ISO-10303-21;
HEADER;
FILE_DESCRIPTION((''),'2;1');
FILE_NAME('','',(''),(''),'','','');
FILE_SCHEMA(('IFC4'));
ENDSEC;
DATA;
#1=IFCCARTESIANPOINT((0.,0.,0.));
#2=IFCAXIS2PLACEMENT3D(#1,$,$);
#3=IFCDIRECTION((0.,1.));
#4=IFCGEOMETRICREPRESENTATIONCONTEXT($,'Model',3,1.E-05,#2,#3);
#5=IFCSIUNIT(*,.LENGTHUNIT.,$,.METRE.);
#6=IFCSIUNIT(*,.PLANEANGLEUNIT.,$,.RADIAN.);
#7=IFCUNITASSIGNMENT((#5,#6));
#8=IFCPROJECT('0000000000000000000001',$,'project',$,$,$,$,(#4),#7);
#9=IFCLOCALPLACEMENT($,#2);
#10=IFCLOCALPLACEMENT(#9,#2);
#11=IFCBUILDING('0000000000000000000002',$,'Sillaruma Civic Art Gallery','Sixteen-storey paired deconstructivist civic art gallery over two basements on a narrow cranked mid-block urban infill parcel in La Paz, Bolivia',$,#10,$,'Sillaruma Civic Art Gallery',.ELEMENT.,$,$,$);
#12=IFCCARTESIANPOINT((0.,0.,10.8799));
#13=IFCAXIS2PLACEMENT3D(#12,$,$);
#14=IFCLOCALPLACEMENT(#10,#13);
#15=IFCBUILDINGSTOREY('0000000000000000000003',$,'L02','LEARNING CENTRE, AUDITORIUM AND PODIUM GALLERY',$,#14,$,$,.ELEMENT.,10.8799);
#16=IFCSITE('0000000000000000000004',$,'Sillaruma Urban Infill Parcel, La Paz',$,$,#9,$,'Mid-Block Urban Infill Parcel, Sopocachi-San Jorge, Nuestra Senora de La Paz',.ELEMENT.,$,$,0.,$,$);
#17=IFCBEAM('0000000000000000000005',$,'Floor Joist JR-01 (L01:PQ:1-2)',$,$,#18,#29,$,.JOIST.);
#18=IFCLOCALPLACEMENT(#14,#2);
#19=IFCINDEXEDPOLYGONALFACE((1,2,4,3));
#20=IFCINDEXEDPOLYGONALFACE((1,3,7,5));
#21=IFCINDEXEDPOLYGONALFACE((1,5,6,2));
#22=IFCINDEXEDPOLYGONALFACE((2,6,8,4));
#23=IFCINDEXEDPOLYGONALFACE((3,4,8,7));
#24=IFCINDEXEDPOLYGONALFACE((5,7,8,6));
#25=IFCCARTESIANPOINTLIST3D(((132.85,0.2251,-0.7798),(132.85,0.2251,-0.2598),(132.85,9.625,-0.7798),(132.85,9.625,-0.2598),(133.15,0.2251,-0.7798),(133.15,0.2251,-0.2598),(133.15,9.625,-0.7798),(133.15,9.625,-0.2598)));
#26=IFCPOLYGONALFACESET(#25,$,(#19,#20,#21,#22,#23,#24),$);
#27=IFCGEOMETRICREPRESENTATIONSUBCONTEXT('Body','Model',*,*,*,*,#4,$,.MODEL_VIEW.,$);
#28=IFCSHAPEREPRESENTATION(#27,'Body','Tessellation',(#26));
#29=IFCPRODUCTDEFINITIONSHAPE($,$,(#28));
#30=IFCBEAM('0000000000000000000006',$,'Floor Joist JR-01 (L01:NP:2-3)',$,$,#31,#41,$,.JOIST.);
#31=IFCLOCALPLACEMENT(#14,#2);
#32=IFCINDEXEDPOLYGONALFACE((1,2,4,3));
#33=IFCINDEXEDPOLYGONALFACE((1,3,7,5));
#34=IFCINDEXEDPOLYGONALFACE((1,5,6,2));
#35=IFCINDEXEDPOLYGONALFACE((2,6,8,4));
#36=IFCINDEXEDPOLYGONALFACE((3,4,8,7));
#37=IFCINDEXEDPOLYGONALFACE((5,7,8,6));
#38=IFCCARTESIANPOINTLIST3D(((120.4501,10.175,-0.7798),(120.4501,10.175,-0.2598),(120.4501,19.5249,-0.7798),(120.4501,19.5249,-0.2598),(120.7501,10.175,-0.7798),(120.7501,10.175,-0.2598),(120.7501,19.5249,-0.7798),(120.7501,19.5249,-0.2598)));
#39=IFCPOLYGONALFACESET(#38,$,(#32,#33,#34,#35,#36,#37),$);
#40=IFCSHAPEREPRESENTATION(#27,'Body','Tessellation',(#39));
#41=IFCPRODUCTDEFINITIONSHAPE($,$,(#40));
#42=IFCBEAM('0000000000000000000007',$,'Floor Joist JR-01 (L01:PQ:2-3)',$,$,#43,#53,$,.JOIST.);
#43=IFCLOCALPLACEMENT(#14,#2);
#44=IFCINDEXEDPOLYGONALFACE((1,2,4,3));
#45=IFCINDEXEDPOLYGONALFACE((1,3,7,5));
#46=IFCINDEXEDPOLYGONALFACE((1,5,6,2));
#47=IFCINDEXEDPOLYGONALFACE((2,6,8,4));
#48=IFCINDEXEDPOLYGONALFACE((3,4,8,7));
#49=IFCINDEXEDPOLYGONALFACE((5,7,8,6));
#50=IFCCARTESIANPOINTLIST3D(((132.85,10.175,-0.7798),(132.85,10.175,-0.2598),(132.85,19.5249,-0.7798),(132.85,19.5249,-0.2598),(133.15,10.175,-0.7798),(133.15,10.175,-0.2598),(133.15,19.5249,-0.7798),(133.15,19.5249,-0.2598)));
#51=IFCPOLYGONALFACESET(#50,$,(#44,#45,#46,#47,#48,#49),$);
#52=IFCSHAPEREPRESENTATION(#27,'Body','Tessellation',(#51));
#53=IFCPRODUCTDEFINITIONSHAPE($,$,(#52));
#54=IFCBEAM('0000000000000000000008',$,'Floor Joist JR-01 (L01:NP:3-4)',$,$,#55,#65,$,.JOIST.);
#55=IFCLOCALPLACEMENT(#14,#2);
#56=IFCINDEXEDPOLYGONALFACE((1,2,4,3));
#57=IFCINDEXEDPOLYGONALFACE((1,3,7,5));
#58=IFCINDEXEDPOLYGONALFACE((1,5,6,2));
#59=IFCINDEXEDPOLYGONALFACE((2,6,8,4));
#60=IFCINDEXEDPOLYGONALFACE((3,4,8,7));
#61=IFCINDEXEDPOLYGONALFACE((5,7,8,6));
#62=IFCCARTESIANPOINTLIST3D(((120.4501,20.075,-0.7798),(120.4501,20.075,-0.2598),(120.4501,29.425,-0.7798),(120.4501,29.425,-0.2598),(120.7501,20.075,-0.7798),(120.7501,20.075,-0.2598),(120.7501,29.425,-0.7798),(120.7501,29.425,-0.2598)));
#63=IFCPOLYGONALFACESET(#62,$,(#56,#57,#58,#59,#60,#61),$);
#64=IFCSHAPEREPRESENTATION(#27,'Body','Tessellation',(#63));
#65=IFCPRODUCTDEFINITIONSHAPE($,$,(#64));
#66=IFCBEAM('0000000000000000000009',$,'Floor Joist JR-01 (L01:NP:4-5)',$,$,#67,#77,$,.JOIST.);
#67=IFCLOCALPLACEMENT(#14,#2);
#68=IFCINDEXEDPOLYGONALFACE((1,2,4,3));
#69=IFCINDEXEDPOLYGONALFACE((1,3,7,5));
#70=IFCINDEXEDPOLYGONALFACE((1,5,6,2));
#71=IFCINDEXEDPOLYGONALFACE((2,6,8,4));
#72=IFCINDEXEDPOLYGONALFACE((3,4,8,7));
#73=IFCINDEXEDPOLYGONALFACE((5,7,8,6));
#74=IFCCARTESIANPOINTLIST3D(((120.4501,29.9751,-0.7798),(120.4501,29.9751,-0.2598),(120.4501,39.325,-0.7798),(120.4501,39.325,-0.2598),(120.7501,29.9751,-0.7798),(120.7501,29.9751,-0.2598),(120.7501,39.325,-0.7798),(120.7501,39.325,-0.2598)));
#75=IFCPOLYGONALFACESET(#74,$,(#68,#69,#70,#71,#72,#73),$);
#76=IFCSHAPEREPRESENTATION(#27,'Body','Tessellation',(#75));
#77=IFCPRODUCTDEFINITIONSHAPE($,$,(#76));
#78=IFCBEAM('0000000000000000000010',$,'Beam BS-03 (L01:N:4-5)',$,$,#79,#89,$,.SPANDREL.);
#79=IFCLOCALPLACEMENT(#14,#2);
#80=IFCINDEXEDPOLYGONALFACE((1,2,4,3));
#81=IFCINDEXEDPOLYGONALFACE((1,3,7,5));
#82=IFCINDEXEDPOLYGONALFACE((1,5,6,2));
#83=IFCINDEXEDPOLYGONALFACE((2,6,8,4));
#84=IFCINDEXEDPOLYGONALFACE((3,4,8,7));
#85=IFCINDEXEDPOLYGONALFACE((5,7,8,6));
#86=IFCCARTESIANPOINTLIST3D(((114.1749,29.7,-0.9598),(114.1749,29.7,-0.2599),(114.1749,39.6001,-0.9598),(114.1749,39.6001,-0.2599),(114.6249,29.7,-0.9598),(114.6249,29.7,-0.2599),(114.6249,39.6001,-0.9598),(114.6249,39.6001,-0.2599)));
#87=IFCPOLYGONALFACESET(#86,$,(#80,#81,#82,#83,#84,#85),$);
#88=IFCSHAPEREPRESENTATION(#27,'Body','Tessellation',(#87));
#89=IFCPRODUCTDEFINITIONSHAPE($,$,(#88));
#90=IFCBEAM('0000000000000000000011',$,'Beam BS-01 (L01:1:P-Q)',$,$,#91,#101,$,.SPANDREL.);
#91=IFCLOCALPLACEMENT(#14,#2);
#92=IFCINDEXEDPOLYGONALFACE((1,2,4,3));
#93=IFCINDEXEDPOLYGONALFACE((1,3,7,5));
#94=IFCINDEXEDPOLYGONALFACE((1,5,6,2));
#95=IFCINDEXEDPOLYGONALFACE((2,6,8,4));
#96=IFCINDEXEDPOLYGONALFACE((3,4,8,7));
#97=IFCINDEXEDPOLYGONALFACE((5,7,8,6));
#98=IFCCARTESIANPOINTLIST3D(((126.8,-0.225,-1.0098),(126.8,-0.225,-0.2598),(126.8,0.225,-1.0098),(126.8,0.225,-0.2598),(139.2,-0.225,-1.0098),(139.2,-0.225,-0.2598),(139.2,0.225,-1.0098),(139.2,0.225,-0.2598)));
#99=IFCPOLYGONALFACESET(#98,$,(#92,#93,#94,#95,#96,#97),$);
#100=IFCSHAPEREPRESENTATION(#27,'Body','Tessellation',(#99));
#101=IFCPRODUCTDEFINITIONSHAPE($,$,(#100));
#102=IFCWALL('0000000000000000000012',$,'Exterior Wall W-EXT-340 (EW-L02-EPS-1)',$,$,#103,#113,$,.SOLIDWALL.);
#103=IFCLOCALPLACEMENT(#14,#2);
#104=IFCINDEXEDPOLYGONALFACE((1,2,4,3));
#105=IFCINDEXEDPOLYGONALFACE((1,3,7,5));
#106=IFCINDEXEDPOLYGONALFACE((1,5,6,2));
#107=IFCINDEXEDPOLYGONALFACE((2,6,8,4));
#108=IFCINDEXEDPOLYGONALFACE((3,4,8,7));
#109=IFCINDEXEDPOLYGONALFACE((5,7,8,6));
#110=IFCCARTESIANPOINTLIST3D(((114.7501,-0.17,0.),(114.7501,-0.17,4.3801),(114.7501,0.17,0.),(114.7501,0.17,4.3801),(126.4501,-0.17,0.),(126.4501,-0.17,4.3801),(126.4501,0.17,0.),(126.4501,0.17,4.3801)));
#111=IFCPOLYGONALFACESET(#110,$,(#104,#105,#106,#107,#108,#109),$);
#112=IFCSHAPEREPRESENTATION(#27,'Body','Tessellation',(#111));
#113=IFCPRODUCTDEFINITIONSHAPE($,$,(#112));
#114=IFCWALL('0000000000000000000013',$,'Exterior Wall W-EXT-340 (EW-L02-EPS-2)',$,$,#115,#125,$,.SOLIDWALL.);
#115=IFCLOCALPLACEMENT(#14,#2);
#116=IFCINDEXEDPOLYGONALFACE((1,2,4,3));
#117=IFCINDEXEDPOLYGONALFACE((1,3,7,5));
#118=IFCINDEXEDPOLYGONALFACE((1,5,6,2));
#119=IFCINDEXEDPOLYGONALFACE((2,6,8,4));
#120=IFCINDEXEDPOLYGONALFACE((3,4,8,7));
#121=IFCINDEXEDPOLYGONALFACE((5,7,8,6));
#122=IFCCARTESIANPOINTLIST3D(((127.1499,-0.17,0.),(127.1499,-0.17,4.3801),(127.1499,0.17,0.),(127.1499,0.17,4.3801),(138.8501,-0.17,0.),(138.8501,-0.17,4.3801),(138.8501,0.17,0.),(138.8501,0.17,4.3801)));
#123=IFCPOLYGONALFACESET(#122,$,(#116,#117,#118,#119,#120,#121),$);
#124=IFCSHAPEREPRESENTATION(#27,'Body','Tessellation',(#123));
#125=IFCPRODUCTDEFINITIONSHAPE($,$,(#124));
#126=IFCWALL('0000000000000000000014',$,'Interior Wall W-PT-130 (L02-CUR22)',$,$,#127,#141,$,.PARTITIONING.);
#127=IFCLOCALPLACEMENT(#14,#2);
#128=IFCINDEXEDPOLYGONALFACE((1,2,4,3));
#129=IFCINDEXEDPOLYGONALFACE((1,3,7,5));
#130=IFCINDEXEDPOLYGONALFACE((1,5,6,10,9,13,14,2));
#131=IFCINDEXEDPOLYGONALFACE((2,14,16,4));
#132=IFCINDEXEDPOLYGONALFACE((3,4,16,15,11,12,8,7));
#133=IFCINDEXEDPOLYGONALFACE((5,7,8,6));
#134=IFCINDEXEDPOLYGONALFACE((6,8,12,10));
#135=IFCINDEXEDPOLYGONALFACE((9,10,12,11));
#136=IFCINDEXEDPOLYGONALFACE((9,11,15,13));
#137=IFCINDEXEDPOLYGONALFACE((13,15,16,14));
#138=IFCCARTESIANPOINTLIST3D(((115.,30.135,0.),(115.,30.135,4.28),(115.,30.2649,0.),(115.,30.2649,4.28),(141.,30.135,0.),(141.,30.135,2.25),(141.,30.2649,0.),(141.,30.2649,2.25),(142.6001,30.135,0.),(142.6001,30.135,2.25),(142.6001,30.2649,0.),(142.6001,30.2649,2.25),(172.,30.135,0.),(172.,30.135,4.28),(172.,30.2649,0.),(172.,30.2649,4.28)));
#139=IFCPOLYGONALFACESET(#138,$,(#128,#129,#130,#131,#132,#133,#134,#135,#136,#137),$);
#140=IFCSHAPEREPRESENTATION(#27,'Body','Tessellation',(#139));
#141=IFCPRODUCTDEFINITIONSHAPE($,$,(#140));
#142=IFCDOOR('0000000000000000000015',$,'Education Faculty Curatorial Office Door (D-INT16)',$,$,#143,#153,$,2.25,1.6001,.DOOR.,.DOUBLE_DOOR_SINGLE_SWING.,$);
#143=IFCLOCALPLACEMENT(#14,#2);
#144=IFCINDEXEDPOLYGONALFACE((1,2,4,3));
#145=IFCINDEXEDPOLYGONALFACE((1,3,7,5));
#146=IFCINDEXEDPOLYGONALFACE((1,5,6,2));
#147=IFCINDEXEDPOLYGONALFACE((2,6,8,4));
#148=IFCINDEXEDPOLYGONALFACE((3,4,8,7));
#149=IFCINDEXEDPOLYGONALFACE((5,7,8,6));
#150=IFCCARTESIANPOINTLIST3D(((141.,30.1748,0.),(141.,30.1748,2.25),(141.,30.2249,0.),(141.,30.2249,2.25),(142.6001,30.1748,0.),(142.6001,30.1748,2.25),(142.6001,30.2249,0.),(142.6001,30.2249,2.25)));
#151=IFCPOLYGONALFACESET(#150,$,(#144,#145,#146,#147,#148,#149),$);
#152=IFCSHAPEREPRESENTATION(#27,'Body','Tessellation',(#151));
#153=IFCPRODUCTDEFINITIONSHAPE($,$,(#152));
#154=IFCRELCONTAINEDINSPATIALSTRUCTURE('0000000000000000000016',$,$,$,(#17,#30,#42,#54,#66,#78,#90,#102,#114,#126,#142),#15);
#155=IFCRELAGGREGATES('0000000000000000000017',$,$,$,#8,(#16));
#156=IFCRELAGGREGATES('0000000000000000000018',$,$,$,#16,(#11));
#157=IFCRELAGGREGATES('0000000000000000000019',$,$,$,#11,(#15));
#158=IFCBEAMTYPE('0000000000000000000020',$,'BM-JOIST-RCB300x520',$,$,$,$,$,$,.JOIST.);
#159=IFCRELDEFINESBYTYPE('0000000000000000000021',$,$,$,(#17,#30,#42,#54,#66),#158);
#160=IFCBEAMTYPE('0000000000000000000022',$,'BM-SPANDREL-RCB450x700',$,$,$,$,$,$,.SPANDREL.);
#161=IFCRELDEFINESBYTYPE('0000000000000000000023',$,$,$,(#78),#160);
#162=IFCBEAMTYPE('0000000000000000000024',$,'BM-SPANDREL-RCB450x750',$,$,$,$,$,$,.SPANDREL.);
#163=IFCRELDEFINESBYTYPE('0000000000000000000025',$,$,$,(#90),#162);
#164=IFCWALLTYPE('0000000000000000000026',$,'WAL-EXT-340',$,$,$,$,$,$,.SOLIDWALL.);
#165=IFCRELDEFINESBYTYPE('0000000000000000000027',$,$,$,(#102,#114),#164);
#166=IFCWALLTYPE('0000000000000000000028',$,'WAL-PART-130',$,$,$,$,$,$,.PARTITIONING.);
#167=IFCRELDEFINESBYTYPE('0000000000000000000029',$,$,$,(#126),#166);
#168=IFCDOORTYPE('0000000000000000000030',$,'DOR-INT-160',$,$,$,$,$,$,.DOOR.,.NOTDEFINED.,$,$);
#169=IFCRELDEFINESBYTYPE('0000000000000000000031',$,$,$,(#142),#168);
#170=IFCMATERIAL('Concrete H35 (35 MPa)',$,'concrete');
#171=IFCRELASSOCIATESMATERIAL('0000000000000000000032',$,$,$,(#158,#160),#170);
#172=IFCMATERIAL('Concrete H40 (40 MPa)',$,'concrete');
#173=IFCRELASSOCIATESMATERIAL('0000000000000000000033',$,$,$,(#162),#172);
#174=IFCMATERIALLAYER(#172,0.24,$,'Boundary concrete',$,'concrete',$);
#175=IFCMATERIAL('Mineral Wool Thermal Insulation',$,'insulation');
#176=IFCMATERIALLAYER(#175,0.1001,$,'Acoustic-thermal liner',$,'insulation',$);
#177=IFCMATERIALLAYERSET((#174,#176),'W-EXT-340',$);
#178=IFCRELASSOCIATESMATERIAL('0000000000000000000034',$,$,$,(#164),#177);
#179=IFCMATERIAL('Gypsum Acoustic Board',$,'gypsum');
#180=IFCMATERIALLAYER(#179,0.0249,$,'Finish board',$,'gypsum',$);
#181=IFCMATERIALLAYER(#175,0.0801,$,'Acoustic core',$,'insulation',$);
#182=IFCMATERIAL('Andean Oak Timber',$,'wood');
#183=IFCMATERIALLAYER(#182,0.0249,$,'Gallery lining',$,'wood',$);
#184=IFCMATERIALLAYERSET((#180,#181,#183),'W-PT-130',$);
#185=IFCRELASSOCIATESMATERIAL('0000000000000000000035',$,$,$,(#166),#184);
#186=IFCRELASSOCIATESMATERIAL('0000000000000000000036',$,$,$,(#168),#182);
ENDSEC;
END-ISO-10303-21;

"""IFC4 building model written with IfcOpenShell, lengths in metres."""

from ifc_helpers import new_model, si_unit, direction, frame, frame_2d, origin, origin_2d, place, context, subcontext, project, spatial, rectangle, extrude, material, layer, layer_set, material_profile, profile_set, type_object, element, fill, save


model = new_model("IFC4")

# Units and contexts
model_context = context("Model", 3, precision=1e-05, world=origin(), true_north=direction((0.0, 1.0)))
body_context = subcontext(model_context, "Body", "Model", "MODEL_VIEW")
ifc_project = project(units=[si_unit("LENGTHUNIT", "METRE"), si_unit("PLANEANGLEUNIT", "RADIAN")], contexts=[model_context])

# Site, building, storey
site_placement = place(None, origin())
site = spatial("IfcSite", under=ifc_project, at=site_placement, Name="Sillaruma Urban Infill Parcel, La Paz", LongName="Mid-Block Urban Infill Parcel, Sopocachi-San Jorge, Nuestra Senora de La Paz", CompositionType="ELEMENT", RefElevation=0.0)
building_placement = place(site_placement, origin())
building = spatial("IfcBuilding", under=site, at=building_placement, Name="Sillaruma Civic Art Gallery", Description="Sixteen-storey paired deconstructivist civic art gallery over two basements on a narrow cranked mid-block urban infill parcel in La Paz, Bolivia", LongName="Sillaruma Civic Art Gallery", CompositionType="ELEMENT")
storey_placement = place(building_placement, frame((0.0, 0.0, 10.8799)))
storey = spatial("IfcBuildingStorey", under=building, at=storey_placement, Name="L02", Description="LEARNING CENTRE, AUDITORIUM AND PODIUM GALLERY", CompositionType="ELEMENT", Elevation=10.8799)

# Shared definitions
ifc_material_1 = material(Name="Concrete H40 (40 MPa)", Category="concrete")

# Beams
ifc_material_2 = material(Name="Concrete H35 (35 MPa)", Category="concrete")
ifc_material_profile_1 = material_profile(ifc_material_2, rectangle(XDim=0.3, YDim=0.52, at=origin_2d()), Name="RCB300x520")
ifc_profile_set_1 = profile_set([ifc_material_profile_1], Name="Concrete H35 (35 MPa)")
beam_type_1 = type_object("IfcBeamType", Name="BM-JOIST-RCB300x520", PredefinedType="JOIST", material=ifc_profile_set_1)
for number, where, z_axis, x_axis, name in (
    (1, (133.0, 0.2251, -0.5198), (0.0, 1.0, 0.0), (-1.0, 0.0, 0.0), "Floor Joist JR-01 (L01:PQ:1-2)"),
):
    element("IfcBeam", number, at=place(storey_placement, frame(where, z_axis=z_axis, x_axis=x_axis)), inside=storey, type_object=beam_type_1, Name=name, PredefinedType="JOIST", context=body_context, shape_type="SweptSolid", body=[
        extrude(rectangle(XDim=0.3, YDim=0.52, at=origin_2d()), origin(), (0.0, 0.0, 1.0), 9.3999),
    ])
for number, where, z_axis, x_axis, name in (
    (2, (120.6001, 10.175, -0.5198), (0.0, 1.0, 0.0), (-1.0, 0.0, 0.0), "Floor Joist JR-01 (L01:NP:2-3)"),
    (3, (133.0, 10.175, -0.5198), (0.0, 1.0, 0.0), (-1.0, 0.0, 0.0), "Floor Joist JR-01 (L01:PQ:2-3)"),
):
    element("IfcBeam", number, at=place(storey_placement, frame(where, z_axis=z_axis, x_axis=x_axis)), inside=storey, type_object=beam_type_1, Name=name, PredefinedType="JOIST", context=body_context, shape_type="SweptSolid", body=[
        extrude(rectangle(XDim=0.3, YDim=0.52, at=origin_2d()), origin(), (0.0, 0.0, 1.0), 9.3499),
    ])
beam_1_placement = place(storey_placement, frame((120.6001, 20.075, -0.5198), z_axis=(0.0, 1.0, 0.0), x_axis=(-1.0, 0.0, 0.0)))
element("IfcBeam", 4, at=beam_1_placement, inside=storey, type_object=beam_type_1, Name="Floor Joist JR-01 (L01:NP:3-4)", PredefinedType="JOIST", context=body_context, shape_type="SweptSolid", body=[
    extrude(rectangle(XDim=0.3, YDim=0.52, at=origin_2d()), origin(), (0.0, 0.0, 1.0), 9.3501),
])
beam_2_placement = place(storey_placement, frame((120.6001, 29.9751, -0.5198), z_axis=(0.0, 1.0, 0.0), x_axis=(-1.0, 0.0, 0.0)))
element("IfcBeam", 5, at=beam_2_placement, inside=storey, type_object=beam_type_1, Name="Floor Joist JR-01 (L01:NP:4-5)", PredefinedType="JOIST", context=body_context, shape_type="SweptSolid", body=[
    extrude(rectangle(XDim=0.3, YDim=0.52, at=origin_2d()), origin(), (0.0, 0.0, 1.0), 9.3499),
])
ifc_material_profile_2 = material_profile(ifc_material_2, rectangle(XDim=0.45, YDim=0.7, at=origin_2d()), Name="RCB450x700")
ifc_profile_set_2 = profile_set([ifc_material_profile_2], Name="Concrete H35 (35 MPa)")
beam_type_2 = type_object("IfcBeamType", Name="BM-SPANDREL-RCB450x700", PredefinedType="SPANDREL", material=ifc_profile_set_2)
beam_3_placement = place(storey_placement, frame((114.3999, 29.7, -0.6099), z_axis=(0.0, 1.0, 0.0), x_axis=(-1.0, 0.0, 0.0)))
element("IfcBeam", 6, at=beam_3_placement, inside=storey, type_object=beam_type_2, Name="Beam BS-03 (L01:N:4-5)", PredefinedType="SPANDREL", context=body_context, shape_type="SweptSolid", body=[
    extrude(rectangle(XDim=0.45, YDim=0.7, at=origin_2d()), origin(), (0.0, 0.0, 1.0), 9.9001),
])
ifc_material_profile_3 = material_profile(ifc_material_1, rectangle(XDim=0.45, YDim=0.75, at=origin_2d()), Name="RCB450x750")
ifc_profile_set_3 = profile_set([ifc_material_profile_3], Name="Concrete H40 (40 MPa)")
beam_type_3 = type_object("IfcBeamType", Name="BM-SPANDREL-RCB450x750", PredefinedType="SPANDREL", material=ifc_profile_set_3)
beam_4_placement = place(storey_placement, frame((126.8, 0.0, -0.6348), z_axis=(1.0, 0.0, 0.0), x_axis=(0.0, 1.0, 0.0)))
element("IfcBeam", 7, at=beam_4_placement, inside=storey, type_object=beam_type_3, Name="Beam BS-01 (L01:1:P-Q)", PredefinedType="SPANDREL", context=body_context, shape_type="SweptSolid", body=[
    extrude(rectangle(XDim=0.45, YDim=0.75, at=origin_2d()), origin(), (0.0, 0.0, 1.0), 12.3999),
])

# Walls
ifc_layer_1 = layer(ifc_material_1, 0.24, Name="Boundary concrete", Category="concrete")
ifc_material_3 = material(Name="Mineral Wool Thermal Insulation", Category="insulation")
ifc_layer_2 = layer(ifc_material_3, 0.1001, Name="Acoustic-thermal liner", Category="insulation")
ifc_layer_set_1 = layer_set([ifc_layer_1, ifc_layer_2], Name="W-EXT-340")
wall_type_1 = type_object("IfcWallType", Name="WAL-EXT-340", PredefinedType="SOLIDWALL", material=ifc_layer_set_1)
wall_1_placement = place(storey_placement, frame((114.75, 0.0, 0.0), z_axis=(0.0, 0.0, 1.0), x_axis=(1.0, 0.0, 0.0)))
element("IfcWall", 8, at=wall_1_placement, inside=storey, type_object=wall_type_1, Name="Exterior Wall W-EXT-340 (EW-L02-EPS-1)", PredefinedType="SOLIDWALL", context=body_context, shape_type="SweptSolid", body=[
    extrude(rectangle(XDim=11.7, YDim=0.3401, at=frame_2d((5.8501, 0.0))), origin(), (0.0, 0.0, 1.0), 4.3801),
])
wall_2_placement = place(storey_placement, frame((127.1499, 0.0, 0.0), z_axis=(0.0, 0.0, 1.0), x_axis=(1.0, 0.0, 0.0)))
element("IfcWall", 9, at=wall_2_placement, inside=storey, type_object=wall_type_1, Name="Exterior Wall W-EXT-340 (EW-L02-EPS-2)", PredefinedType="SOLIDWALL", context=body_context, shape_type="SweptSolid", body=[
    extrude(rectangle(XDim=11.7002, YDim=0.3401, at=frame_2d((5.8501, 0.0))), origin(), (0.0, 0.0, 1.0), 4.3801),
])

# Wall, opening, door
ifc_material_4 = material(Name="Gypsum Acoustic Board", Category="gypsum")
ifc_layer_3 = layer(ifc_material_4, 0.0249, Name="Finish board", Category="gypsum")
ifc_layer_4 = layer(ifc_material_3, 0.0801, Name="Acoustic core", Category="insulation")
ifc_material_5 = material(Name="Andean Oak Timber", Category="wood")
ifc_layer_5 = layer(ifc_material_5, 0.0249, Name="Gallery lining", Category="wood")
ifc_layer_set_2 = layer_set([ifc_layer_3, ifc_layer_4, ifc_layer_5], Name="W-PT-130")
wall_type_2 = type_object("IfcWallType", Name="WAL-PART-130", PredefinedType="PARTITIONING", material=ifc_layer_set_2)
wall_3_placement = place(storey_placement, frame((115.0, 30.2, 0.0), z_axis=(0.0, 0.0, 1.0), x_axis=(1.0, 0.0, 0.0)))
wall_3 = element("IfcWall", 10, at=wall_3_placement, inside=storey, type_object=wall_type_2, Name="Interior Wall W-PT-130 (L02-CUR22)", PredefinedType="PARTITIONING", context=body_context, shape_type="SweptSolid", body=[
    extrude(rectangle(XDim=57.0, YDim=0.1299, at=frame_2d((28.5, 0.0))), origin(), (0.0, 0.0, 1.0), 4.28),
])
opening_placement = place(wall_3_placement, frame((26.0, 0.0, 0.0)))
opening = element("IfcOpeningElement", 11, at=opening_placement, cuts=wall_3, PredefinedType="OPENING", context=body_context, shape_type="SweptSolid", body=[
    extrude(rectangle(XDim=1.6001, YDim=2.25, at=frame_2d((0.8, 1.125))), frame((0.0, 0.075, 0.0), z_axis=(0.0, -1.0, 0.0), x_axis=(1.0, 0.0, 0.0)), (0.0, 0.0, 1.0), 0.1499),
])
door_type = type_object("IfcDoorType", Name="DOR-INT-160", OperationType="NOTDEFINED", PredefinedType="DOOR", material=ifc_material_5)
door_placement = place(opening_placement, origin())
door = element("IfcDoor", 12, at=door_placement, inside=storey, type_object=door_type, Name="Education Faculty Curatorial Office Door (D-INT16)", OperationType="DOUBLE_DOOR_SINGLE_SWING", OverallHeight=2.25, OverallWidth=1.6001, PredefinedType="DOOR", context=body_context, shape_type="SweptSolid", body=[
    extrude(rectangle(XDim=1.6001, YDim=2.25, at=frame_2d((0.8, 1.125))), frame((0.0, 0.0249, 0.0), z_axis=(0.0, -1.0, 0.0), x_axis=(1.0, 0.0, 0.0)), (0.0, 0.0, 1.0), 0.05),
])
fill(opening, door)

save(model, "model.ifc")
